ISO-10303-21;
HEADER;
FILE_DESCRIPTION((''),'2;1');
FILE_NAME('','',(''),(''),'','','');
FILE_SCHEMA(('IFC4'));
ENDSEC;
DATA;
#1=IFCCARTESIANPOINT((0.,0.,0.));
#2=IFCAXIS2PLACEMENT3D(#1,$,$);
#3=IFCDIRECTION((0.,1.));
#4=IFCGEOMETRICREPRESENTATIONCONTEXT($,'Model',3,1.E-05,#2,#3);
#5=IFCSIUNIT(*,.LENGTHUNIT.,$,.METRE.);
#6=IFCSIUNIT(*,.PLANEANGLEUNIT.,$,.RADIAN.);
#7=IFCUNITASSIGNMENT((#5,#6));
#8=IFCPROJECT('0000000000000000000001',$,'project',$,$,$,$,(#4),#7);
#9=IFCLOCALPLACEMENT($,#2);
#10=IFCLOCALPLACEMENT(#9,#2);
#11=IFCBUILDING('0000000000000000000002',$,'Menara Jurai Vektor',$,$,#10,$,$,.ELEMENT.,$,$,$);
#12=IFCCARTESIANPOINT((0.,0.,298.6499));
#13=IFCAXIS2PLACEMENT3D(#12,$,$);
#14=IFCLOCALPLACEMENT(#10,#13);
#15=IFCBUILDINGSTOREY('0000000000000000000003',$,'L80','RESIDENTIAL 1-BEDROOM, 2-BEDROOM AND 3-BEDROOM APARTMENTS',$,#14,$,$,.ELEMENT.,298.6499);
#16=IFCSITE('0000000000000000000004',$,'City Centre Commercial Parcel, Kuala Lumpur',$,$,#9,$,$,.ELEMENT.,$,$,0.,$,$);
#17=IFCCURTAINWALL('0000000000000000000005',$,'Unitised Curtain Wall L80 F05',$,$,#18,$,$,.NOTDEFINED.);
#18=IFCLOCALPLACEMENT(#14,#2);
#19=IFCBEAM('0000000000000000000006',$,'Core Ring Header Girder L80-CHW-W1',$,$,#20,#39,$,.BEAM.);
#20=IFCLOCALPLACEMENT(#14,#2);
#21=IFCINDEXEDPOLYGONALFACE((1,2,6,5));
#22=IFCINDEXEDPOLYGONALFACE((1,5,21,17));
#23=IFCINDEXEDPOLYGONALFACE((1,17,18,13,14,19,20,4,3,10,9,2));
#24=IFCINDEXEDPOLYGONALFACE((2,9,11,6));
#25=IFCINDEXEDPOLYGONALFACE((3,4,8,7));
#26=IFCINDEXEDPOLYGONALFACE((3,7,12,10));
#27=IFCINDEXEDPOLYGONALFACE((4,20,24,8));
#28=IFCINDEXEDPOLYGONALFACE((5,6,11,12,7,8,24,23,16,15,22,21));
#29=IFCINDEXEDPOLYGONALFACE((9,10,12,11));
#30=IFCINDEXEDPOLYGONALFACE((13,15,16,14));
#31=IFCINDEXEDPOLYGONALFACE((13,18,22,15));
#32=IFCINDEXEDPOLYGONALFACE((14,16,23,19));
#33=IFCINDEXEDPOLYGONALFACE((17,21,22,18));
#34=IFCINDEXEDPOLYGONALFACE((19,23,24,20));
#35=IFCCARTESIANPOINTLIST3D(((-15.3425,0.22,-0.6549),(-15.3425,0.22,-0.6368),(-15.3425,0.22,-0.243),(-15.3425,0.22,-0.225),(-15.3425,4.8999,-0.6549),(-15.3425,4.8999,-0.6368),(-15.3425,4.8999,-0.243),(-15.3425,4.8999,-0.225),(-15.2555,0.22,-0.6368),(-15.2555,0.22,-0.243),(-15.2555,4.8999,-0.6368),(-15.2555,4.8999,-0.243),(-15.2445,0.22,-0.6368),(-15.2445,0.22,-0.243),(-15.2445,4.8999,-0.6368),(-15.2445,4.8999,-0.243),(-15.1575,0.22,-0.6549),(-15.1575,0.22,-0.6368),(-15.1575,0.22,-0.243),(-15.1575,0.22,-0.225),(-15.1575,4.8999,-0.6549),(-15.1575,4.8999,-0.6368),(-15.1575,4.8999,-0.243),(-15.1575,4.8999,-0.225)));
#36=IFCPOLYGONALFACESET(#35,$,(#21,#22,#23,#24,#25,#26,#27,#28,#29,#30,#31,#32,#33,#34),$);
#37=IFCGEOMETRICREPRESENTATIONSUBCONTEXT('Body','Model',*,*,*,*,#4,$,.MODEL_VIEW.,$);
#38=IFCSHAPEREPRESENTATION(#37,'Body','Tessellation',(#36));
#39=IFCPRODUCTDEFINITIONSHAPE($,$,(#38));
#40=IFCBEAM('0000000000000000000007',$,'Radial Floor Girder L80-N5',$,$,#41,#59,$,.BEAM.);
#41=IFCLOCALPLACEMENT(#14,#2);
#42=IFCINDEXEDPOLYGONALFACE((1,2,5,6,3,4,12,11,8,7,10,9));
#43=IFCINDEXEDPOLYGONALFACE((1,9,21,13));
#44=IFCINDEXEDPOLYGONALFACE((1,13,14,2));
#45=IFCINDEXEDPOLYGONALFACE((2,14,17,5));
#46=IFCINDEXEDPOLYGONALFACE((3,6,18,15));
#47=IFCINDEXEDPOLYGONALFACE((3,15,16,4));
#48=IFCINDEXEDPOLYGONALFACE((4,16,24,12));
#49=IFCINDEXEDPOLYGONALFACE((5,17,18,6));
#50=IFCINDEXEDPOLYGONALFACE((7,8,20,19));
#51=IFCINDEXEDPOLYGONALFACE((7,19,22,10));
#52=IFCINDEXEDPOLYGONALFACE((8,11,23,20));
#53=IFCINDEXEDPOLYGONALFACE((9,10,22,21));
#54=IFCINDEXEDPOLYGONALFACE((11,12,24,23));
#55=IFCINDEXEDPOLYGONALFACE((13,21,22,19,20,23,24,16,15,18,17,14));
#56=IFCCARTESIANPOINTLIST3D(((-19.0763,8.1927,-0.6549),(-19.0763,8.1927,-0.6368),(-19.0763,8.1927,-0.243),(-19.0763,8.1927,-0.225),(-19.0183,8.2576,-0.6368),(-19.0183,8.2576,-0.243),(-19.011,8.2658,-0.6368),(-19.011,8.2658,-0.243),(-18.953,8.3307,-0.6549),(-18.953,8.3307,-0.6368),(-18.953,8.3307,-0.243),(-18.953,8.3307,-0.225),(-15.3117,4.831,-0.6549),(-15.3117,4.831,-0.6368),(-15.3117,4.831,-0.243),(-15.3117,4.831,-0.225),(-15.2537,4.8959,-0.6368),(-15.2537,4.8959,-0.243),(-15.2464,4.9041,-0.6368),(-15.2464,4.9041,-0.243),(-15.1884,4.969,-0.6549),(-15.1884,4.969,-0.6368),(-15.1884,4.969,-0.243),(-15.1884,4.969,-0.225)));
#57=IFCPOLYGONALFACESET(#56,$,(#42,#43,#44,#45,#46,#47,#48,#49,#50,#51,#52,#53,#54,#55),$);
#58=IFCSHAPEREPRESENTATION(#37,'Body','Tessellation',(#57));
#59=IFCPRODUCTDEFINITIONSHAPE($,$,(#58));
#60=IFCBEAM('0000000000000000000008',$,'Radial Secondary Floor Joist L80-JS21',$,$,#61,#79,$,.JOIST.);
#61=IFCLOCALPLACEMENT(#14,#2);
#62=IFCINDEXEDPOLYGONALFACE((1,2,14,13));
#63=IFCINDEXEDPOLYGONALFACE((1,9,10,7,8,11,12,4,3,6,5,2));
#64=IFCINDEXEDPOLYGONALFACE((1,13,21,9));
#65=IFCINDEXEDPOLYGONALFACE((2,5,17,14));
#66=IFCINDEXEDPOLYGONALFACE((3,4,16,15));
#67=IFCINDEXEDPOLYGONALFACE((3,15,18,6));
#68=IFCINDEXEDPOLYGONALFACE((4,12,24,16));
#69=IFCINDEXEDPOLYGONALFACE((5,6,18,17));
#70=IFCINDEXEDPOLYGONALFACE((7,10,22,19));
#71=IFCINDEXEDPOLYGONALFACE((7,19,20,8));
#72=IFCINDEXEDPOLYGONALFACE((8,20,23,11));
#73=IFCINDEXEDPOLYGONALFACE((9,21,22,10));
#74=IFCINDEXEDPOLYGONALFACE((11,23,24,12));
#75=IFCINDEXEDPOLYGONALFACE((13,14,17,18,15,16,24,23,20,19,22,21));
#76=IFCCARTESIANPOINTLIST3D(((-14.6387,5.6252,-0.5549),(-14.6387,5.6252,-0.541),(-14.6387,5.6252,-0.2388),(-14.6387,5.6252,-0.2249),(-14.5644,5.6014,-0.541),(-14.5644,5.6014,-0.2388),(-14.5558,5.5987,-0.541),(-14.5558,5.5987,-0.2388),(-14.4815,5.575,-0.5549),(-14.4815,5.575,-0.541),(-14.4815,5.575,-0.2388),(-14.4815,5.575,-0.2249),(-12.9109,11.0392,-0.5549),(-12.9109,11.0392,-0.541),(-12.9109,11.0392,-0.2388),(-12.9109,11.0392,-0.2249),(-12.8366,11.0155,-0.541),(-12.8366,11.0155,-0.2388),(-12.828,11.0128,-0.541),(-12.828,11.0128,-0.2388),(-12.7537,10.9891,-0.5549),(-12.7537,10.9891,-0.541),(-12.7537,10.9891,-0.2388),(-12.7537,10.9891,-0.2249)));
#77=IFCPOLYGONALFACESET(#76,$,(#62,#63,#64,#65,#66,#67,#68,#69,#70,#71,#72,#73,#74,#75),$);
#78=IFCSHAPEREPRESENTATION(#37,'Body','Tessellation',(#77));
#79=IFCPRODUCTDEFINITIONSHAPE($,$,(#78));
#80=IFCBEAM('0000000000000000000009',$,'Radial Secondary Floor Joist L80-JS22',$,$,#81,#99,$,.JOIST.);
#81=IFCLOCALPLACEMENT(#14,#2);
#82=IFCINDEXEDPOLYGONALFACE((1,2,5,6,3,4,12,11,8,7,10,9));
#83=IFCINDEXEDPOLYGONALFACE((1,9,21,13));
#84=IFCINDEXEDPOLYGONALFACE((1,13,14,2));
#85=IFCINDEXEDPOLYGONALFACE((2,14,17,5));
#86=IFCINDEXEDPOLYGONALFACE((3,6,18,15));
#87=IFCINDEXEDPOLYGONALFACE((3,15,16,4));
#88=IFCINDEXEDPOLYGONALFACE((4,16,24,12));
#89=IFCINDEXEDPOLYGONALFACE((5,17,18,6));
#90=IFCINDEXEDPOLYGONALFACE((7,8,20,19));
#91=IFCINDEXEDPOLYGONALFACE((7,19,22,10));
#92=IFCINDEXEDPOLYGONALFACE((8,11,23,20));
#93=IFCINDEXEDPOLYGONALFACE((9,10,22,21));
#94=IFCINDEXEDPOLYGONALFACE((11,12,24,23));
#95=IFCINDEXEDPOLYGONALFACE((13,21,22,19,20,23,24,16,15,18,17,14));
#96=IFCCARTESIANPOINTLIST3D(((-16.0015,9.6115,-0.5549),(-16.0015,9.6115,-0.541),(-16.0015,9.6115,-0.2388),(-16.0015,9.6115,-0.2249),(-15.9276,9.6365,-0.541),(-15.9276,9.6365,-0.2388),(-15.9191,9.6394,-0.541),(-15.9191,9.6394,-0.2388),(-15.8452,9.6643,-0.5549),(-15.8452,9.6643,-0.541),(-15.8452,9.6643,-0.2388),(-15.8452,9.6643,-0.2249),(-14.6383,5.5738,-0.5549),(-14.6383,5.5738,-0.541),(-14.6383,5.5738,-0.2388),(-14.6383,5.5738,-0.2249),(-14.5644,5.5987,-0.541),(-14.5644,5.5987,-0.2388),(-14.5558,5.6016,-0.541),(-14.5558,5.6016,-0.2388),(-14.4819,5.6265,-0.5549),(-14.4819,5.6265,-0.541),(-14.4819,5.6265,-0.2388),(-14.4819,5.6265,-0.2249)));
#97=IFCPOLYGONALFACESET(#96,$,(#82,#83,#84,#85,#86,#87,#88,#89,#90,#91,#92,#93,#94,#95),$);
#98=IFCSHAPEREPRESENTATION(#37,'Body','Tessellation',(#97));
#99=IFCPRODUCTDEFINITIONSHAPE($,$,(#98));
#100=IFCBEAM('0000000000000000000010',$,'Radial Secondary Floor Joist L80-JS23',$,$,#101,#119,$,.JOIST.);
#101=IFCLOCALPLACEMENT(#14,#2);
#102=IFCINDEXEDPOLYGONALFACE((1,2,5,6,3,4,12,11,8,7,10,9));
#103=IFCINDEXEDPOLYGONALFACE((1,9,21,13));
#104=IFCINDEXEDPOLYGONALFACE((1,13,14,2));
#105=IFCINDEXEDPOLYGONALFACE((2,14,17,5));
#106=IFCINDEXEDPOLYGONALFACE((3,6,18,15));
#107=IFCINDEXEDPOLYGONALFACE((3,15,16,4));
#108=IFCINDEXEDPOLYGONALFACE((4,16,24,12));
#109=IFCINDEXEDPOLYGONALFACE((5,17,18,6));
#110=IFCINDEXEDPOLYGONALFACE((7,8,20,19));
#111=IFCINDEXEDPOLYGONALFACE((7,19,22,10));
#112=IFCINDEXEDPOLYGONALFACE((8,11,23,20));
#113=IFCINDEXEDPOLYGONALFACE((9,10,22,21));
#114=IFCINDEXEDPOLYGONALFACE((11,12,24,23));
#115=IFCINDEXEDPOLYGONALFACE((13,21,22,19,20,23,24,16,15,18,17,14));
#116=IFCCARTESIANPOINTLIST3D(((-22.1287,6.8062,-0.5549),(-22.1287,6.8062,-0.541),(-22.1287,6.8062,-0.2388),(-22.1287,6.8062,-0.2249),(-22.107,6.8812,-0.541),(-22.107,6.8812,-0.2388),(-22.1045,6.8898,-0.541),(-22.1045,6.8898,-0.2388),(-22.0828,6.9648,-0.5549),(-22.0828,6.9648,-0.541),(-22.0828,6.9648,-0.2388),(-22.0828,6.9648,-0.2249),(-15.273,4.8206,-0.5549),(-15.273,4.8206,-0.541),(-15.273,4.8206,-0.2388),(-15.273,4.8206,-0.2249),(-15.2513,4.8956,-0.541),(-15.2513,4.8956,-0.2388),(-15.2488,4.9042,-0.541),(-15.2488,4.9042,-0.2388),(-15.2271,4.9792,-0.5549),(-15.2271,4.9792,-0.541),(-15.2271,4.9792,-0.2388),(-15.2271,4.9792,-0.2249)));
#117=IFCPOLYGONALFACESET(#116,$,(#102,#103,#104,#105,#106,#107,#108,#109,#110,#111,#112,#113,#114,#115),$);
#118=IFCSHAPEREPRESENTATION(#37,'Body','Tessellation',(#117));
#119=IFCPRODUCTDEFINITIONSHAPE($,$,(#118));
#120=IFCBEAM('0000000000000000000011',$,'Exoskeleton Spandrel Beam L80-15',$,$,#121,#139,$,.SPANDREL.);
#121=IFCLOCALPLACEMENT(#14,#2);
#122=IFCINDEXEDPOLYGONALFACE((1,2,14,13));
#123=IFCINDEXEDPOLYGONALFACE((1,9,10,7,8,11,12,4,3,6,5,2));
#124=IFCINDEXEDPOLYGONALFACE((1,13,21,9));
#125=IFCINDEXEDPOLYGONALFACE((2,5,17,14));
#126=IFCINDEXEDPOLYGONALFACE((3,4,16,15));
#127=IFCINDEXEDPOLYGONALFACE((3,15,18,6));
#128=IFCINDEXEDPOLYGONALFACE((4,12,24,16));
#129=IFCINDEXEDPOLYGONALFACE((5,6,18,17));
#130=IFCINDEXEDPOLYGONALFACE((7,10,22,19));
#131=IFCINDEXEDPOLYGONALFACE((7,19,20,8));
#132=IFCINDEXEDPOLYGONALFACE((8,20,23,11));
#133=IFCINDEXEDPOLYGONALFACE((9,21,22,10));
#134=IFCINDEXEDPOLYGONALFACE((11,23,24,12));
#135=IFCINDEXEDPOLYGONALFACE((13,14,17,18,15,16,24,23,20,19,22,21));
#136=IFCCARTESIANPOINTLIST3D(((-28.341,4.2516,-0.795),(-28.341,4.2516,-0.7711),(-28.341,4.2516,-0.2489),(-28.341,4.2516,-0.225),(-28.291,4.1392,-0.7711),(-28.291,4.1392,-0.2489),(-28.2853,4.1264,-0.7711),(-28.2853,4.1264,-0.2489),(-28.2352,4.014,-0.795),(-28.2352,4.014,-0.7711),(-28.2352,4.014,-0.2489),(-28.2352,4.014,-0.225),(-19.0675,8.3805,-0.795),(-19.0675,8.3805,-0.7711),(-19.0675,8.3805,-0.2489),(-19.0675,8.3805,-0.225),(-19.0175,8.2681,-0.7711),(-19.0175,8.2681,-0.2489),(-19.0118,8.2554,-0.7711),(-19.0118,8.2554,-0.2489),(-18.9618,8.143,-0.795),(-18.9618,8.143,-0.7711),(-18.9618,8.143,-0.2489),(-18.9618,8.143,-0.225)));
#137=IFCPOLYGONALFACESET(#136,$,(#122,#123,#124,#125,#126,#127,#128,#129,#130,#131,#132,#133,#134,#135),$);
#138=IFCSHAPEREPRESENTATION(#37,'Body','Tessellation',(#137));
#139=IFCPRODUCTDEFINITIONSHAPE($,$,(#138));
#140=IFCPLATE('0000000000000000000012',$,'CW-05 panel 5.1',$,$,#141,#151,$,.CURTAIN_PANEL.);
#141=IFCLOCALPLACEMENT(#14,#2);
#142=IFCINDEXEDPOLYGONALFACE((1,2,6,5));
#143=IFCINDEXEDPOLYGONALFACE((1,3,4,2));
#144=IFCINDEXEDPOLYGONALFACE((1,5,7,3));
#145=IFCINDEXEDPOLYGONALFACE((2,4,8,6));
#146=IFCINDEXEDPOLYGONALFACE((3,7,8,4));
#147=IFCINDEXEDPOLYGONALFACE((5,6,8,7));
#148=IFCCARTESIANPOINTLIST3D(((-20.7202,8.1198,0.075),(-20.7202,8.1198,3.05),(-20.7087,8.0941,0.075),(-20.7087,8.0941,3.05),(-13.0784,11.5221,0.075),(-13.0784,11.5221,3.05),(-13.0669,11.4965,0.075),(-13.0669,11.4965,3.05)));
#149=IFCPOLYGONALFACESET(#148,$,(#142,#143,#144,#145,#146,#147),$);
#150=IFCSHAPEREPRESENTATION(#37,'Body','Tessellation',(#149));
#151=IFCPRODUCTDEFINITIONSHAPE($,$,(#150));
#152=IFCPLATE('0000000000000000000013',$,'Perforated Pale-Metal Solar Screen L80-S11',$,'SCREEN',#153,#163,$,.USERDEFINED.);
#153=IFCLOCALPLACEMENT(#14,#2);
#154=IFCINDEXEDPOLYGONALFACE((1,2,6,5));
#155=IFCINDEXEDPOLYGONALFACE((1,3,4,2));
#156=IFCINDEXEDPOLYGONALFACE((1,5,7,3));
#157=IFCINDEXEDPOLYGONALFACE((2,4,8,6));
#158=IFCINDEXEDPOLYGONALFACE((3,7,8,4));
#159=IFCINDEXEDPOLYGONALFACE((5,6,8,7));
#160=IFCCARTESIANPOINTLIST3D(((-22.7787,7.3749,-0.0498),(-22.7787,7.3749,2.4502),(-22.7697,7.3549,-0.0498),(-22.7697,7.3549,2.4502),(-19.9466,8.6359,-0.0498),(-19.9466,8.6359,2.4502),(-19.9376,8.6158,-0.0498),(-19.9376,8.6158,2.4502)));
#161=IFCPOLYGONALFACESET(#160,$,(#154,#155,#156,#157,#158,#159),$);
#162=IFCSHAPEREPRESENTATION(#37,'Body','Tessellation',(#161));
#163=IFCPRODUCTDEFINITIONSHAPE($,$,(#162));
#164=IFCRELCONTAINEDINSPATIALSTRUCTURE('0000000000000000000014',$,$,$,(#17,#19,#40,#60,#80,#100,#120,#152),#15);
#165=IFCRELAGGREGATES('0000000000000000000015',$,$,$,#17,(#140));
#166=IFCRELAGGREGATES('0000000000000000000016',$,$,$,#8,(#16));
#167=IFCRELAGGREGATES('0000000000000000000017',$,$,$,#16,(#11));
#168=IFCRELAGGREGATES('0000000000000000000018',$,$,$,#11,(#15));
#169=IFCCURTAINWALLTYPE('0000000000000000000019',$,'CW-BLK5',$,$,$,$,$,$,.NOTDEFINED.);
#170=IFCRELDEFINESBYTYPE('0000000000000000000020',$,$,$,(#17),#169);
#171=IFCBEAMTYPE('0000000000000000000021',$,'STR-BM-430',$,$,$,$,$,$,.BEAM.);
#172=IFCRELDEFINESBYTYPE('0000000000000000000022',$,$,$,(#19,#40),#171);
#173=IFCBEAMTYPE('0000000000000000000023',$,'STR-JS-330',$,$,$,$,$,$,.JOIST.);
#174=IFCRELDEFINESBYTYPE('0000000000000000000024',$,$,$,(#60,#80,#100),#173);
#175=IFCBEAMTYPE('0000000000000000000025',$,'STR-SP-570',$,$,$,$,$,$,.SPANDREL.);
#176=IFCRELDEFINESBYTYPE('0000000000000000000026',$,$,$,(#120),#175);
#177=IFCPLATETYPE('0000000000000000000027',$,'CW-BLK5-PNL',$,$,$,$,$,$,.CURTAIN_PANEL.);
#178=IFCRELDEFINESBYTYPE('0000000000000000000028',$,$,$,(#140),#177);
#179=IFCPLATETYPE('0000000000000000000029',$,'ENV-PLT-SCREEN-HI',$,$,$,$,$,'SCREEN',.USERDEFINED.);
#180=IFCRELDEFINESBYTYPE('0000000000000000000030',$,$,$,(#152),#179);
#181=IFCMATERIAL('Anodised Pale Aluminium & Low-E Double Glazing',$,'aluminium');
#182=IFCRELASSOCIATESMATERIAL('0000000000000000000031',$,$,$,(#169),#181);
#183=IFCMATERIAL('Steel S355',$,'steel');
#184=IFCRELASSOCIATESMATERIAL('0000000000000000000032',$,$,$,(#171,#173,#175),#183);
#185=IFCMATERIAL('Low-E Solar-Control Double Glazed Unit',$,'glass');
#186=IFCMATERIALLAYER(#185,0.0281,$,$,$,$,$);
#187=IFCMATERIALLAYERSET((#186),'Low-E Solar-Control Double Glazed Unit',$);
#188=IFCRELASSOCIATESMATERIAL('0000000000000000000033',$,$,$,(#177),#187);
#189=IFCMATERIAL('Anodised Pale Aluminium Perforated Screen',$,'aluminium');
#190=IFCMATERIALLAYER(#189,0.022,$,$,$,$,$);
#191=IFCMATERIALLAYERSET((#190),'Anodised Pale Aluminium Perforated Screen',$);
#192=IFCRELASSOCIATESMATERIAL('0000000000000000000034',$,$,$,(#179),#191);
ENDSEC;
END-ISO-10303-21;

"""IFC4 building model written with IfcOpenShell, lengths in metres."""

from ifc_helpers import new_model, si_unit, direction, frame, origin, origin_2d, place, context, subcontext, project, spatial, rectangle, i_section, extrude, material, layer, layer_set, material_profile, profile_set, type_object, element, aggregate, save


model = new_model("IFC4")

# Units and contexts
model_context = context("Model", 3, precision=1e-05, world=origin(), true_north=direction((0.0, 1.0)))
body_context = subcontext(model_context, "Body", "Model", "MODEL_VIEW")
ifc_project = project(units=[si_unit("LENGTHUNIT", "METRE"), si_unit("PLANEANGLEUNIT", "RADIAN")], contexts=[model_context])

# Site, building, storey
site_placement = place(None, origin())
site = spatial("IfcSite", under=ifc_project, at=site_placement, Name="City Centre Commercial Parcel, Kuala Lumpur", CompositionType="ELEMENT", RefElevation=0.0)
building_placement = place(site_placement, origin())
building = spatial("IfcBuilding", under=site, at=building_placement, Name="Menara Jurai Vektor", CompositionType="ELEMENT")
storey_placement = place(building_placement, frame((0.0, 0.0, 298.6499)))
storey = spatial("IfcBuildingStorey", under=building, at=storey_placement, Name="L80", Description="RESIDENTIAL 1-BEDROOM, 2-BEDROOM AND 3-BEDROOM APARTMENTS", CompositionType="ELEMENT", Elevation=298.6499)

# Curtain wall
ifc_material_1 = material(Name="Anodised Pale Aluminium & Low-E Double Glazing", Category="aluminium")
curtain_wall_type = type_object("IfcCurtainWallType", Name="CW-BLK5", PredefinedType="NOTDEFINED", material=ifc_material_1)
curtain_wall_placement = place(storey_placement, origin())
curtain_wall = element("IfcCurtainWall", 1, at=curtain_wall_placement, inside=storey, type_object=curtain_wall_type, Name="Unitised Curtain Wall L80 F05", PredefinedType="NOTDEFINED")

# Beams
ifc_material_2 = material(Name="Steel S355", Category="steel")
ifc_material_profile_1 = material_profile(ifc_material_2, i_section(OverallWidth=0.1851, OverallDepth=0.4299, WebThickness=0.011, FlangeThickness=0.0181, at=origin_2d()), Name="PG 430x185x76")
ifc_profile_set_1 = profile_set([ifc_material_profile_1], Name="Steel S355")
beam_type_1 = type_object("IfcBeamType", Name="STR-BM-430", PredefinedType="BEAM", material=ifc_profile_set_1)
beam_1_placement = place(storey_placement, frame((-15.25, 0.22, -0.4399), z_axis=(0.0, 1.0, 0.0), x_axis=(-1.0, 0.0, 0.0)))
element("IfcBeam", 2, at=beam_1_placement, inside=storey, type_object=beam_type_1, Name="Core Ring Header Girder L80-CHW-W1", PredefinedType="BEAM", context=body_context, shape_type="SweptSolid", body=[
    extrude(i_section(OverallWidth=0.1851, OverallDepth=0.4299, WebThickness=0.011, FlangeThickness=0.0181, at=origin_2d()), origin(), (0.0, 0.0, 1.0), 4.6799),
])
beam_2_placement = place(storey_placement, frame((-19.0146, 8.2617, -0.4399), z_axis=(0.745886, -0.666073, 0.0), x_axis=(0.666073, 0.745886, 0.0)))
element("IfcBeam", 3, at=beam_2_placement, inside=storey, type_object=beam_type_1, Name="Radial Floor Girder L80-N5", PredefinedType="BEAM", context=body_context, shape_type="SweptSolid", body=[
    extrude(i_section(OverallWidth=0.1851, OverallDepth=0.4299, WebThickness=0.011, FlangeThickness=0.0181, at=origin_2d()), origin(), (0.0, 0.0, 1.0), 5.0471),
])
ifc_material_profile_2 = material_profile(ifc_material_2, i_section(OverallWidth=0.165, OverallDepth=0.3301, WebThickness=0.009, FlangeThickness=0.0139, at=origin_2d()), Name="PG 330x165x46")
ifc_profile_set_2 = profile_set([ifc_material_profile_2], Name="Steel S355")
beam_type_2 = type_object("IfcBeamType", Name="STR-JS-330", PredefinedType="JOIST", material=ifc_profile_set_2)
beam_3_placement = place(storey_placement, frame((-12.8323, 11.0142, -0.3899), z_axis=(-0.304023, -0.952665, 0.0), x_axis=(0.952665, -0.304023, 0.0)))
element("IfcBeam", 4, at=beam_3_placement, inside=storey, type_object=beam_type_2, Name="Radial Secondary Floor Joist L80-JS21", PredefinedType="JOIST", context=body_context, shape_type="SweptSolid", body=[
    extrude(i_section(OverallWidth=0.165, OverallDepth=0.3301, WebThickness=0.009, FlangeThickness=0.0139, at=origin_2d()), origin(), (0.0, 0.0, 1.0), 5.6831),
])
beam_4_placement = place(storey_placement, frame((-15.9233, 9.6379, -0.3899), z_axis=(0.319886, -0.947456, 0.0), x_axis=(0.947456, 0.319886, 0.0)))
element("IfcBeam", 5, at=beam_4_placement, inside=storey, type_object=beam_type_2, Name="Radial Secondary Floor Joist L80-JS22", PredefinedType="JOIST", context=body_context, shape_type="SweptSolid", body=[
    extrude(i_section(OverallWidth=0.165, OverallDepth=0.3301, WebThickness=0.009, FlangeThickness=0.0139, at=origin_2d()), origin(), (0.0, 0.0, 1.0), 4.2617),
])
beam_5_placement = place(storey_placement, frame((-22.1057, 6.8855, -0.3899), z_axis=(0.960525, -0.278193, 0.0), x_axis=(0.278193, 0.960525, 0.0)))
element("IfcBeam", 6, at=beam_5_placement, inside=storey, type_object=beam_type_2, Name="Radial Secondary Floor Joist L80-JS23", PredefinedType="JOIST", context=body_context, shape_type="SweptSolid", body=[
    extrude(i_section(OverallWidth=0.165, OverallDepth=0.3301, WebThickness=0.009, FlangeThickness=0.0139, at=origin_2d()), origin(), (0.0, 0.0, 1.0), 7.1375),
])
ifc_material_profile_3 = material_profile(ifc_material_2, i_section(OverallWidth=0.26, OverallDepth=0.5701, WebThickness=0.0139, FlangeThickness=0.0239, at=origin_2d()), Name="PG 570x260x145")
ifc_profile_set_3 = profile_set([ifc_material_profile_3], Name="Steel S355")
beam_type_3 = type_object("IfcBeamType", Name="STR-SP-570", PredefinedType="SPANDREL", material=ifc_profile_set_3)
beam_6_placement = place(storey_placement, frame((-19.0146, 8.2617, -0.51), z_axis=(-0.913542, -0.406745, 0.0), x_axis=(0.406745, -0.913542, 0.0)))
element("IfcBeam", 7, at=beam_6_placement, inside=storey, type_object=beam_type_3, Name="Exoskeleton Spandrel Beam L80-15", PredefinedType="SPANDREL", context=body_context, shape_type="SweptSolid", body=[
    extrude(i_section(OverallWidth=0.26, OverallDepth=0.5701, WebThickness=0.0139, FlangeThickness=0.0239, at=origin_2d()), origin(), (0.0, 0.0, 1.0), 10.1511),
])

# Plates
ifc_material_3 = material(Name="Low-E Solar-Control Double Glazed Unit", Category="glass")
ifc_layer_1 = layer(ifc_material_3, 0.0281)
ifc_layer_set_1 = layer_set([ifc_layer_1], Name="Low-E Solar-Control Double Glazed Unit")
plate_type_1 = type_object("IfcPlateType", Name="CW-BLK5-PNL", PredefinedType="CURTAIN_PANEL", material=ifc_layer_set_1)
plate_1_placement = place(storey_placement, frame((-16.8936, 9.8081, 0.075), z_axis=(0.0, 0.0, 1.0), x_axis=(-0.913546, -0.406735, 0.0)))
plate_1 = element("IfcPlate", 8, at=plate_1_placement, type_object=plate_type_1, Name="CW-05 panel 5.1", PredefinedType="CURTAIN_PANEL", context=body_context, shape_type="SweptSolid", body=[
    extrude(rectangle(XDim=8.365, YDim=0.0281, at=origin_2d()), origin(), (0.0, 0.0, 1.0), 2.9751),
])
aggregate(curtain_wall, [plate_1])
ifc_material_4 = material(Name="Anodised Pale Aluminium Perforated Screen", Category="aluminium")
ifc_layer_2 = layer(ifc_material_4, 0.022)
ifc_layer_set_2 = layer_set([ifc_layer_2], Name="Anodised Pale Aluminium Perforated Screen")
plate_type_2 = type_object("IfcPlateType", Name="ENV-PLT-SCREEN-HI", ElementType="SCREEN", PredefinedType="USERDEFINED", material=ifc_layer_set_2)
plate_2_placement = place(storey_placement, frame((-21.3582, 7.9954, -0.0498), z_axis=(0.0, 0.0, 1.0), x_axis=(-0.913545, -0.406737, 0.0)))
element("IfcPlate", 9, at=plate_2_placement, inside=storey, type_object=plate_type_2, Name="Perforated Pale-Metal Solar Screen L80-S11", ObjectType="SCREEN", PredefinedType="USERDEFINED", context=body_context, shape_type="SweptSolid", body=[
    extrude(rectangle(XDim=3.1001, YDim=0.022, at=origin_2d()), origin(), (0.0, 0.0, 1.0), 2.5),
])

save(model, "model.ifc")
